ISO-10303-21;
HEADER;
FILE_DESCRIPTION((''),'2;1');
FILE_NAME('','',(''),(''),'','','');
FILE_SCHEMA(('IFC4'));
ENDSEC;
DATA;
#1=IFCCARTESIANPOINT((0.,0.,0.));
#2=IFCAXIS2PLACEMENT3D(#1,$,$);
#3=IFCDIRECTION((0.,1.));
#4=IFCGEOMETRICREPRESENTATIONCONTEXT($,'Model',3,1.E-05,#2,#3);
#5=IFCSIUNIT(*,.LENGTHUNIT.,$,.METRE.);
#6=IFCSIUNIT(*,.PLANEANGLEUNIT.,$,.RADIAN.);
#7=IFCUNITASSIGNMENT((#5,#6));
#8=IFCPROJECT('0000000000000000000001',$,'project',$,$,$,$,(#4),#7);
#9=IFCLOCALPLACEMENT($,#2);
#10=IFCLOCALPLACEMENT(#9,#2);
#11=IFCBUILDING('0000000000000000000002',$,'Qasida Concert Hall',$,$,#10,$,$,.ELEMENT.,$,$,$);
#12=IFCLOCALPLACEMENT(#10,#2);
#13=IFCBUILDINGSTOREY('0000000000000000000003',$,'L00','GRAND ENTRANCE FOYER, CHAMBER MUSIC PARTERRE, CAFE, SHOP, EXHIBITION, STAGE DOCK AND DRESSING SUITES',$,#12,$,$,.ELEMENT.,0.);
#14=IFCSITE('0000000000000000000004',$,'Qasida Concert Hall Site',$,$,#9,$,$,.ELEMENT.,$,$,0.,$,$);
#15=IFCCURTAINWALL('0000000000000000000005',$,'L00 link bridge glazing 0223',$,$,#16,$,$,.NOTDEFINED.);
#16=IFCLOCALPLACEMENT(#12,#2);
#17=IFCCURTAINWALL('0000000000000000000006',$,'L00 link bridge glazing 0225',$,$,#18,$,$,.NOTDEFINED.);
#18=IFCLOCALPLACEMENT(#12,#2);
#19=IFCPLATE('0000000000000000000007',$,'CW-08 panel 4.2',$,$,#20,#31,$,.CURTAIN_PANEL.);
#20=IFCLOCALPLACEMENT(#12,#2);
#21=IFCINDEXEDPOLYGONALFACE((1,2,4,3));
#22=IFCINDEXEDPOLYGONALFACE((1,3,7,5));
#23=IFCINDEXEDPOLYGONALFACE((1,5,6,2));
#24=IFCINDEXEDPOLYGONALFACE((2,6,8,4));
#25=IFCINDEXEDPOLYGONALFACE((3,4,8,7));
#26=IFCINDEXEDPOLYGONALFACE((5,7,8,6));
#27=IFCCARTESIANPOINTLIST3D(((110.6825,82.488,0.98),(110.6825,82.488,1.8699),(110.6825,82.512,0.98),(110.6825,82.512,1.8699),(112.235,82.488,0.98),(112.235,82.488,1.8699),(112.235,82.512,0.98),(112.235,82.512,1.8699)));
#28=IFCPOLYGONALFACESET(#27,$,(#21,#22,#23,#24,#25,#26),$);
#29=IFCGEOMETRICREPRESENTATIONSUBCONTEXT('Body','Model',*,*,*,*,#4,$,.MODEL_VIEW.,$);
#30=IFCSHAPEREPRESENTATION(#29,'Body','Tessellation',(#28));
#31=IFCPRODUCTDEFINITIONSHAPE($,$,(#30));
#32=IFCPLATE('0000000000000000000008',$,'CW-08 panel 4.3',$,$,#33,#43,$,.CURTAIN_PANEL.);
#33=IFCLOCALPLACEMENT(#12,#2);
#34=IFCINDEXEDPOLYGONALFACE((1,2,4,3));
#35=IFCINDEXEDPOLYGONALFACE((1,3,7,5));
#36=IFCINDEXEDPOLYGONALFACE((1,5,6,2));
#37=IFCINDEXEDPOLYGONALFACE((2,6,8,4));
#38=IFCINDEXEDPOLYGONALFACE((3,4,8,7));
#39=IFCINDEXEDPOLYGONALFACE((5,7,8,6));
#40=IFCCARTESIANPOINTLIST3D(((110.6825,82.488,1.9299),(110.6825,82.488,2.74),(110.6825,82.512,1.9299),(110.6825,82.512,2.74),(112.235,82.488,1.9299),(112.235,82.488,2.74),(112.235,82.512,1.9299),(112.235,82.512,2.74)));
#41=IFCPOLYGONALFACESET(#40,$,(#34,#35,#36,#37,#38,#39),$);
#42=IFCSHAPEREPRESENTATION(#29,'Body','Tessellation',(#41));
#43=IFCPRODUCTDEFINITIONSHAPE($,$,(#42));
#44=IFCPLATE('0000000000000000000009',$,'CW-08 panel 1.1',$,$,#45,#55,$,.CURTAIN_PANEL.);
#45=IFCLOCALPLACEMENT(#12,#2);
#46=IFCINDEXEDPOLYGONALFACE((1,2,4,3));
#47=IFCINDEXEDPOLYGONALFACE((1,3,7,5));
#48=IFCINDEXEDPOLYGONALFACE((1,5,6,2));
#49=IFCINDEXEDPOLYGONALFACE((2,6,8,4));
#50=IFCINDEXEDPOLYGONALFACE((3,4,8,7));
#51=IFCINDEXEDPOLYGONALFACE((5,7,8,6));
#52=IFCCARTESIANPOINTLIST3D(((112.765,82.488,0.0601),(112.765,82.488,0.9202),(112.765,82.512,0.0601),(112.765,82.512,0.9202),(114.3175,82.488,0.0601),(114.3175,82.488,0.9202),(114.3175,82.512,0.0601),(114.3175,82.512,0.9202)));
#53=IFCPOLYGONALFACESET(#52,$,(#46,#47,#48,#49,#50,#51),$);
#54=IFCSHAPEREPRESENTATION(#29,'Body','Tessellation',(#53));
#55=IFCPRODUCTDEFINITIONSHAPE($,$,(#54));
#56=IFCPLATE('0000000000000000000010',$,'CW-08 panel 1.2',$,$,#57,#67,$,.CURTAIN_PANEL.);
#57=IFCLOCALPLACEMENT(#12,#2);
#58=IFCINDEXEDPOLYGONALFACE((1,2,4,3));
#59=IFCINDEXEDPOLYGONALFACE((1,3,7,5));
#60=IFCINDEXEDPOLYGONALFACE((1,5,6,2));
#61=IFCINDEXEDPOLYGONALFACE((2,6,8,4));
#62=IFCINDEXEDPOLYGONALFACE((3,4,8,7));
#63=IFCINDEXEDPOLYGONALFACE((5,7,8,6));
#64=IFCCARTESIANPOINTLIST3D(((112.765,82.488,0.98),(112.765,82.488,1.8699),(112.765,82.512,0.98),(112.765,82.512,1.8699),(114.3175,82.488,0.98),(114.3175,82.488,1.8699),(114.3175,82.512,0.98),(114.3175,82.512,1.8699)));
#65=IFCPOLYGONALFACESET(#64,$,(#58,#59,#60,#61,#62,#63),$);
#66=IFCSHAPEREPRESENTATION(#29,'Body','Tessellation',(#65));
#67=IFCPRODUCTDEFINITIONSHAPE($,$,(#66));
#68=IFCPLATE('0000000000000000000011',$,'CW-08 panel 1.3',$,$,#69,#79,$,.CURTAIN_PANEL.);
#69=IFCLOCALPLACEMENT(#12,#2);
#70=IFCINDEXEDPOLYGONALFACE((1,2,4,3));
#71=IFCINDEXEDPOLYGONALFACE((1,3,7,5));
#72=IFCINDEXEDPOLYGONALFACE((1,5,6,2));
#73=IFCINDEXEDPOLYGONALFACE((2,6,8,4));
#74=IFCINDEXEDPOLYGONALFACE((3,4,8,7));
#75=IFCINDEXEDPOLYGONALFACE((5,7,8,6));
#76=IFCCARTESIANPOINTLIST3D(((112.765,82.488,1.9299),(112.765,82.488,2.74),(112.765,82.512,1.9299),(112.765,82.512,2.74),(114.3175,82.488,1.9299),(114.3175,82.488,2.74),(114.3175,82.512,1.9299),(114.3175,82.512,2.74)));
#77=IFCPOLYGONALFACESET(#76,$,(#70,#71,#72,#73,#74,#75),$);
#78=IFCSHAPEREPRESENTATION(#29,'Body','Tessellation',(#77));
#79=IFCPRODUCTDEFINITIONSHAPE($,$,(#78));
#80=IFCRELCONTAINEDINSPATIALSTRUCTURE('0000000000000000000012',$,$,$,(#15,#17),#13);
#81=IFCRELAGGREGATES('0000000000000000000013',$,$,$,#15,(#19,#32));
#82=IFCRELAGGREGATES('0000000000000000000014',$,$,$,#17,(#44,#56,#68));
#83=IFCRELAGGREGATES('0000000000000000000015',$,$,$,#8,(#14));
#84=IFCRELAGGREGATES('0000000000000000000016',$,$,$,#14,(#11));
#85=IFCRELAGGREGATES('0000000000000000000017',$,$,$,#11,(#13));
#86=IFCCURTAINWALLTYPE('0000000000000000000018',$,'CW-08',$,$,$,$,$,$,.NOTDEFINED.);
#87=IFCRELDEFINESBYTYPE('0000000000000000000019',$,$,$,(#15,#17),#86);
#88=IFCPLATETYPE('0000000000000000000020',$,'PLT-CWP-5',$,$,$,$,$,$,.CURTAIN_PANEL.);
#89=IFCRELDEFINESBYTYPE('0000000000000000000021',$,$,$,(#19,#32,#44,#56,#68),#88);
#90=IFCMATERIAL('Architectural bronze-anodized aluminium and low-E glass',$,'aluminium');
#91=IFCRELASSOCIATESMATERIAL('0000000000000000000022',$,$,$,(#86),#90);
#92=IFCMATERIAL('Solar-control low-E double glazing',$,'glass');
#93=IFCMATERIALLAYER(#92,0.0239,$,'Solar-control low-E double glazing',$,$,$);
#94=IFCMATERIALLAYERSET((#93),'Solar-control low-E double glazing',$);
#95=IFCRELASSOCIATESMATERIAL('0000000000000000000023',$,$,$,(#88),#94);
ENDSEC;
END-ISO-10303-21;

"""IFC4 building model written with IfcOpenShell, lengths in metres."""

from ifc_helpers import new_model, si_unit, direction, frame, origin, origin_2d, place, context, subcontext, project, spatial, rectangle, extrude, material, layer, layer_set, type_object, element, aggregate, save


model = new_model("IFC4")

# Units and contexts
model_context = context("Model", 3, precision=1e-05, world=origin(), true_north=direction((0.0, 1.0)))
body_context = subcontext(model_context, "Body", "Model", "MODEL_VIEW")
ifc_project = project(units=[si_unit("LENGTHUNIT", "METRE"), si_unit("PLANEANGLEUNIT", "RADIAN")], contexts=[model_context])

# Site, building, storey
site_placement = place(None, origin())
site = spatial("IfcSite", under=ifc_project, at=site_placement, Name="Qasida Concert Hall Site", CompositionType="ELEMENT", RefElevation=0.0)
building_placement = place(site_placement, origin())
building = spatial("IfcBuilding", under=site, at=building_placement, Name="Qasida Concert Hall", CompositionType="ELEMENT")
storey_placement = place(building_placement, origin())
storey = spatial("IfcBuildingStorey", under=building, at=storey_placement, Name="L00", Description="GRAND ENTRANCE FOYER, CHAMBER MUSIC PARTERRE, CAFE, SHOP, EXHIBITION, STAGE DOCK AND DRESSING SUITES", CompositionType="ELEMENT", Elevation=0.0)

# Curtain walls
ifc_material_1 = material(Name="Architectural bronze-anodized aluminium and low-E glass", Category="aluminium")
curtain_wall_type = type_object("IfcCurtainWallType", Name="CW-08", PredefinedType="NOTDEFINED", material=ifc_material_1)
curtain_wall_1_placement = place(storey_placement, origin())
curtain_wall_1 = element("IfcCurtainWall", 1, at=curtain_wall_1_placement, inside=storey, type_object=curtain_wall_type, Name="L00 link bridge glazing 0223", PredefinedType="NOTDEFINED")
curtain_wall_2_placement = place(storey_placement, origin())
curtain_wall_2 = element("IfcCurtainWall", 2, at=curtain_wall_2_placement, inside=storey, type_object=curtain_wall_type, Name="L00 link bridge glazing 0225", PredefinedType="NOTDEFINED")

# Plates
ifc_material_2 = material(Name="Solar-control low-E double glazing", Category="glass")
ifc_layer = layer(ifc_material_2, 0.0239, Name="Solar-control low-E double glazing")
ifc_layer_set = layer_set([ifc_layer], Name="Solar-control low-E double glazing")
plate_type = type_object("IfcPlateType", Name="PLT-CWP-5", PredefinedType="CURTAIN_PANEL", material=ifc_layer_set)
plate_1_placement = place(storey_placement, frame((111.4587, 82.5, 0.98), z_axis=(0.0, 0.0, 1.0), x_axis=(1.0, 0.0, 0.0)))
plate_1 = element("IfcPlate", 3, at=plate_1_placement, type_object=plate_type, Name="CW-08 panel 4.2", PredefinedType="CURTAIN_PANEL", context=body_context, shape_type="SweptSolid", body=[
    extrude(rectangle(XDim=1.5525, YDim=0.0239, at=origin_2d()), origin(), (0.0, 0.0, 1.0), 0.8899),
])
plate_2_placement = place(storey_placement, frame((111.4587, 82.5, 1.9299), z_axis=(0.0, 0.0, 1.0), x_axis=(1.0, 0.0, 0.0)))
plate_2 = element("IfcPlate", 4, at=plate_2_placement, type_object=plate_type, Name="CW-08 panel 4.3", PredefinedType="CURTAIN_PANEL", context=body_context, shape_type="SweptSolid", body=[
    extrude(rectangle(XDim=1.5525, YDim=0.0239, at=origin_2d()), origin(), (0.0, 0.0, 1.0), 0.8101),
])
aggregate(curtain_wall_1, [plate_1, plate_2])
plate_3_placement = place(storey_placement, frame((113.5413, 82.5, 0.0601), z_axis=(0.0, 0.0, 1.0), x_axis=(1.0, 0.0, 0.0)))
plate_3 = element("IfcPlate", 5, at=plate_3_placement, type_object=plate_type, Name="CW-08 panel 1.1", PredefinedType="CURTAIN_PANEL", context=body_context, shape_type="SweptSolid", body=[
    extrude(rectangle(XDim=1.5525, YDim=0.0239, at=origin_2d()), origin(), (0.0, 0.0, 1.0), 0.8601),
])
plate_4_placement = place(storey_placement, frame((113.5413, 82.5, 0.98), z_axis=(0.0, 0.0, 1.0), x_axis=(1.0, 0.0, 0.0)))
plate_4 = element("IfcPlate", 6, at=plate_4_placement, type_object=plate_type, Name="CW-08 panel 1.2", PredefinedType="CURTAIN_PANEL", context=body_context, shape_type="SweptSolid", body=[
    extrude(rectangle(XDim=1.5525, YDim=0.0239, at=origin_2d()), origin(), (0.0, 0.0, 1.0), 0.8899),
])
plate_5_placement = place(storey_placement, frame((113.5413, 82.5, 1.9299), z_axis=(0.0, 0.0, 1.0), x_axis=(1.0, 0.0, 0.0)))
plate_5 = element("IfcPlate", 7, at=plate_5_placement, type_object=plate_type, Name="CW-08 panel 1.3", PredefinedType="CURTAIN_PANEL", context=body_context, shape_type="SweptSolid", body=[
    extrude(rectangle(XDim=1.5525, YDim=0.0239, at=origin_2d()), origin(), (0.0, 0.0, 1.0), 0.8101),
])
aggregate(curtain_wall_2, [plate_3, plate_4, plate_5])

save(model, "model.ifc")
